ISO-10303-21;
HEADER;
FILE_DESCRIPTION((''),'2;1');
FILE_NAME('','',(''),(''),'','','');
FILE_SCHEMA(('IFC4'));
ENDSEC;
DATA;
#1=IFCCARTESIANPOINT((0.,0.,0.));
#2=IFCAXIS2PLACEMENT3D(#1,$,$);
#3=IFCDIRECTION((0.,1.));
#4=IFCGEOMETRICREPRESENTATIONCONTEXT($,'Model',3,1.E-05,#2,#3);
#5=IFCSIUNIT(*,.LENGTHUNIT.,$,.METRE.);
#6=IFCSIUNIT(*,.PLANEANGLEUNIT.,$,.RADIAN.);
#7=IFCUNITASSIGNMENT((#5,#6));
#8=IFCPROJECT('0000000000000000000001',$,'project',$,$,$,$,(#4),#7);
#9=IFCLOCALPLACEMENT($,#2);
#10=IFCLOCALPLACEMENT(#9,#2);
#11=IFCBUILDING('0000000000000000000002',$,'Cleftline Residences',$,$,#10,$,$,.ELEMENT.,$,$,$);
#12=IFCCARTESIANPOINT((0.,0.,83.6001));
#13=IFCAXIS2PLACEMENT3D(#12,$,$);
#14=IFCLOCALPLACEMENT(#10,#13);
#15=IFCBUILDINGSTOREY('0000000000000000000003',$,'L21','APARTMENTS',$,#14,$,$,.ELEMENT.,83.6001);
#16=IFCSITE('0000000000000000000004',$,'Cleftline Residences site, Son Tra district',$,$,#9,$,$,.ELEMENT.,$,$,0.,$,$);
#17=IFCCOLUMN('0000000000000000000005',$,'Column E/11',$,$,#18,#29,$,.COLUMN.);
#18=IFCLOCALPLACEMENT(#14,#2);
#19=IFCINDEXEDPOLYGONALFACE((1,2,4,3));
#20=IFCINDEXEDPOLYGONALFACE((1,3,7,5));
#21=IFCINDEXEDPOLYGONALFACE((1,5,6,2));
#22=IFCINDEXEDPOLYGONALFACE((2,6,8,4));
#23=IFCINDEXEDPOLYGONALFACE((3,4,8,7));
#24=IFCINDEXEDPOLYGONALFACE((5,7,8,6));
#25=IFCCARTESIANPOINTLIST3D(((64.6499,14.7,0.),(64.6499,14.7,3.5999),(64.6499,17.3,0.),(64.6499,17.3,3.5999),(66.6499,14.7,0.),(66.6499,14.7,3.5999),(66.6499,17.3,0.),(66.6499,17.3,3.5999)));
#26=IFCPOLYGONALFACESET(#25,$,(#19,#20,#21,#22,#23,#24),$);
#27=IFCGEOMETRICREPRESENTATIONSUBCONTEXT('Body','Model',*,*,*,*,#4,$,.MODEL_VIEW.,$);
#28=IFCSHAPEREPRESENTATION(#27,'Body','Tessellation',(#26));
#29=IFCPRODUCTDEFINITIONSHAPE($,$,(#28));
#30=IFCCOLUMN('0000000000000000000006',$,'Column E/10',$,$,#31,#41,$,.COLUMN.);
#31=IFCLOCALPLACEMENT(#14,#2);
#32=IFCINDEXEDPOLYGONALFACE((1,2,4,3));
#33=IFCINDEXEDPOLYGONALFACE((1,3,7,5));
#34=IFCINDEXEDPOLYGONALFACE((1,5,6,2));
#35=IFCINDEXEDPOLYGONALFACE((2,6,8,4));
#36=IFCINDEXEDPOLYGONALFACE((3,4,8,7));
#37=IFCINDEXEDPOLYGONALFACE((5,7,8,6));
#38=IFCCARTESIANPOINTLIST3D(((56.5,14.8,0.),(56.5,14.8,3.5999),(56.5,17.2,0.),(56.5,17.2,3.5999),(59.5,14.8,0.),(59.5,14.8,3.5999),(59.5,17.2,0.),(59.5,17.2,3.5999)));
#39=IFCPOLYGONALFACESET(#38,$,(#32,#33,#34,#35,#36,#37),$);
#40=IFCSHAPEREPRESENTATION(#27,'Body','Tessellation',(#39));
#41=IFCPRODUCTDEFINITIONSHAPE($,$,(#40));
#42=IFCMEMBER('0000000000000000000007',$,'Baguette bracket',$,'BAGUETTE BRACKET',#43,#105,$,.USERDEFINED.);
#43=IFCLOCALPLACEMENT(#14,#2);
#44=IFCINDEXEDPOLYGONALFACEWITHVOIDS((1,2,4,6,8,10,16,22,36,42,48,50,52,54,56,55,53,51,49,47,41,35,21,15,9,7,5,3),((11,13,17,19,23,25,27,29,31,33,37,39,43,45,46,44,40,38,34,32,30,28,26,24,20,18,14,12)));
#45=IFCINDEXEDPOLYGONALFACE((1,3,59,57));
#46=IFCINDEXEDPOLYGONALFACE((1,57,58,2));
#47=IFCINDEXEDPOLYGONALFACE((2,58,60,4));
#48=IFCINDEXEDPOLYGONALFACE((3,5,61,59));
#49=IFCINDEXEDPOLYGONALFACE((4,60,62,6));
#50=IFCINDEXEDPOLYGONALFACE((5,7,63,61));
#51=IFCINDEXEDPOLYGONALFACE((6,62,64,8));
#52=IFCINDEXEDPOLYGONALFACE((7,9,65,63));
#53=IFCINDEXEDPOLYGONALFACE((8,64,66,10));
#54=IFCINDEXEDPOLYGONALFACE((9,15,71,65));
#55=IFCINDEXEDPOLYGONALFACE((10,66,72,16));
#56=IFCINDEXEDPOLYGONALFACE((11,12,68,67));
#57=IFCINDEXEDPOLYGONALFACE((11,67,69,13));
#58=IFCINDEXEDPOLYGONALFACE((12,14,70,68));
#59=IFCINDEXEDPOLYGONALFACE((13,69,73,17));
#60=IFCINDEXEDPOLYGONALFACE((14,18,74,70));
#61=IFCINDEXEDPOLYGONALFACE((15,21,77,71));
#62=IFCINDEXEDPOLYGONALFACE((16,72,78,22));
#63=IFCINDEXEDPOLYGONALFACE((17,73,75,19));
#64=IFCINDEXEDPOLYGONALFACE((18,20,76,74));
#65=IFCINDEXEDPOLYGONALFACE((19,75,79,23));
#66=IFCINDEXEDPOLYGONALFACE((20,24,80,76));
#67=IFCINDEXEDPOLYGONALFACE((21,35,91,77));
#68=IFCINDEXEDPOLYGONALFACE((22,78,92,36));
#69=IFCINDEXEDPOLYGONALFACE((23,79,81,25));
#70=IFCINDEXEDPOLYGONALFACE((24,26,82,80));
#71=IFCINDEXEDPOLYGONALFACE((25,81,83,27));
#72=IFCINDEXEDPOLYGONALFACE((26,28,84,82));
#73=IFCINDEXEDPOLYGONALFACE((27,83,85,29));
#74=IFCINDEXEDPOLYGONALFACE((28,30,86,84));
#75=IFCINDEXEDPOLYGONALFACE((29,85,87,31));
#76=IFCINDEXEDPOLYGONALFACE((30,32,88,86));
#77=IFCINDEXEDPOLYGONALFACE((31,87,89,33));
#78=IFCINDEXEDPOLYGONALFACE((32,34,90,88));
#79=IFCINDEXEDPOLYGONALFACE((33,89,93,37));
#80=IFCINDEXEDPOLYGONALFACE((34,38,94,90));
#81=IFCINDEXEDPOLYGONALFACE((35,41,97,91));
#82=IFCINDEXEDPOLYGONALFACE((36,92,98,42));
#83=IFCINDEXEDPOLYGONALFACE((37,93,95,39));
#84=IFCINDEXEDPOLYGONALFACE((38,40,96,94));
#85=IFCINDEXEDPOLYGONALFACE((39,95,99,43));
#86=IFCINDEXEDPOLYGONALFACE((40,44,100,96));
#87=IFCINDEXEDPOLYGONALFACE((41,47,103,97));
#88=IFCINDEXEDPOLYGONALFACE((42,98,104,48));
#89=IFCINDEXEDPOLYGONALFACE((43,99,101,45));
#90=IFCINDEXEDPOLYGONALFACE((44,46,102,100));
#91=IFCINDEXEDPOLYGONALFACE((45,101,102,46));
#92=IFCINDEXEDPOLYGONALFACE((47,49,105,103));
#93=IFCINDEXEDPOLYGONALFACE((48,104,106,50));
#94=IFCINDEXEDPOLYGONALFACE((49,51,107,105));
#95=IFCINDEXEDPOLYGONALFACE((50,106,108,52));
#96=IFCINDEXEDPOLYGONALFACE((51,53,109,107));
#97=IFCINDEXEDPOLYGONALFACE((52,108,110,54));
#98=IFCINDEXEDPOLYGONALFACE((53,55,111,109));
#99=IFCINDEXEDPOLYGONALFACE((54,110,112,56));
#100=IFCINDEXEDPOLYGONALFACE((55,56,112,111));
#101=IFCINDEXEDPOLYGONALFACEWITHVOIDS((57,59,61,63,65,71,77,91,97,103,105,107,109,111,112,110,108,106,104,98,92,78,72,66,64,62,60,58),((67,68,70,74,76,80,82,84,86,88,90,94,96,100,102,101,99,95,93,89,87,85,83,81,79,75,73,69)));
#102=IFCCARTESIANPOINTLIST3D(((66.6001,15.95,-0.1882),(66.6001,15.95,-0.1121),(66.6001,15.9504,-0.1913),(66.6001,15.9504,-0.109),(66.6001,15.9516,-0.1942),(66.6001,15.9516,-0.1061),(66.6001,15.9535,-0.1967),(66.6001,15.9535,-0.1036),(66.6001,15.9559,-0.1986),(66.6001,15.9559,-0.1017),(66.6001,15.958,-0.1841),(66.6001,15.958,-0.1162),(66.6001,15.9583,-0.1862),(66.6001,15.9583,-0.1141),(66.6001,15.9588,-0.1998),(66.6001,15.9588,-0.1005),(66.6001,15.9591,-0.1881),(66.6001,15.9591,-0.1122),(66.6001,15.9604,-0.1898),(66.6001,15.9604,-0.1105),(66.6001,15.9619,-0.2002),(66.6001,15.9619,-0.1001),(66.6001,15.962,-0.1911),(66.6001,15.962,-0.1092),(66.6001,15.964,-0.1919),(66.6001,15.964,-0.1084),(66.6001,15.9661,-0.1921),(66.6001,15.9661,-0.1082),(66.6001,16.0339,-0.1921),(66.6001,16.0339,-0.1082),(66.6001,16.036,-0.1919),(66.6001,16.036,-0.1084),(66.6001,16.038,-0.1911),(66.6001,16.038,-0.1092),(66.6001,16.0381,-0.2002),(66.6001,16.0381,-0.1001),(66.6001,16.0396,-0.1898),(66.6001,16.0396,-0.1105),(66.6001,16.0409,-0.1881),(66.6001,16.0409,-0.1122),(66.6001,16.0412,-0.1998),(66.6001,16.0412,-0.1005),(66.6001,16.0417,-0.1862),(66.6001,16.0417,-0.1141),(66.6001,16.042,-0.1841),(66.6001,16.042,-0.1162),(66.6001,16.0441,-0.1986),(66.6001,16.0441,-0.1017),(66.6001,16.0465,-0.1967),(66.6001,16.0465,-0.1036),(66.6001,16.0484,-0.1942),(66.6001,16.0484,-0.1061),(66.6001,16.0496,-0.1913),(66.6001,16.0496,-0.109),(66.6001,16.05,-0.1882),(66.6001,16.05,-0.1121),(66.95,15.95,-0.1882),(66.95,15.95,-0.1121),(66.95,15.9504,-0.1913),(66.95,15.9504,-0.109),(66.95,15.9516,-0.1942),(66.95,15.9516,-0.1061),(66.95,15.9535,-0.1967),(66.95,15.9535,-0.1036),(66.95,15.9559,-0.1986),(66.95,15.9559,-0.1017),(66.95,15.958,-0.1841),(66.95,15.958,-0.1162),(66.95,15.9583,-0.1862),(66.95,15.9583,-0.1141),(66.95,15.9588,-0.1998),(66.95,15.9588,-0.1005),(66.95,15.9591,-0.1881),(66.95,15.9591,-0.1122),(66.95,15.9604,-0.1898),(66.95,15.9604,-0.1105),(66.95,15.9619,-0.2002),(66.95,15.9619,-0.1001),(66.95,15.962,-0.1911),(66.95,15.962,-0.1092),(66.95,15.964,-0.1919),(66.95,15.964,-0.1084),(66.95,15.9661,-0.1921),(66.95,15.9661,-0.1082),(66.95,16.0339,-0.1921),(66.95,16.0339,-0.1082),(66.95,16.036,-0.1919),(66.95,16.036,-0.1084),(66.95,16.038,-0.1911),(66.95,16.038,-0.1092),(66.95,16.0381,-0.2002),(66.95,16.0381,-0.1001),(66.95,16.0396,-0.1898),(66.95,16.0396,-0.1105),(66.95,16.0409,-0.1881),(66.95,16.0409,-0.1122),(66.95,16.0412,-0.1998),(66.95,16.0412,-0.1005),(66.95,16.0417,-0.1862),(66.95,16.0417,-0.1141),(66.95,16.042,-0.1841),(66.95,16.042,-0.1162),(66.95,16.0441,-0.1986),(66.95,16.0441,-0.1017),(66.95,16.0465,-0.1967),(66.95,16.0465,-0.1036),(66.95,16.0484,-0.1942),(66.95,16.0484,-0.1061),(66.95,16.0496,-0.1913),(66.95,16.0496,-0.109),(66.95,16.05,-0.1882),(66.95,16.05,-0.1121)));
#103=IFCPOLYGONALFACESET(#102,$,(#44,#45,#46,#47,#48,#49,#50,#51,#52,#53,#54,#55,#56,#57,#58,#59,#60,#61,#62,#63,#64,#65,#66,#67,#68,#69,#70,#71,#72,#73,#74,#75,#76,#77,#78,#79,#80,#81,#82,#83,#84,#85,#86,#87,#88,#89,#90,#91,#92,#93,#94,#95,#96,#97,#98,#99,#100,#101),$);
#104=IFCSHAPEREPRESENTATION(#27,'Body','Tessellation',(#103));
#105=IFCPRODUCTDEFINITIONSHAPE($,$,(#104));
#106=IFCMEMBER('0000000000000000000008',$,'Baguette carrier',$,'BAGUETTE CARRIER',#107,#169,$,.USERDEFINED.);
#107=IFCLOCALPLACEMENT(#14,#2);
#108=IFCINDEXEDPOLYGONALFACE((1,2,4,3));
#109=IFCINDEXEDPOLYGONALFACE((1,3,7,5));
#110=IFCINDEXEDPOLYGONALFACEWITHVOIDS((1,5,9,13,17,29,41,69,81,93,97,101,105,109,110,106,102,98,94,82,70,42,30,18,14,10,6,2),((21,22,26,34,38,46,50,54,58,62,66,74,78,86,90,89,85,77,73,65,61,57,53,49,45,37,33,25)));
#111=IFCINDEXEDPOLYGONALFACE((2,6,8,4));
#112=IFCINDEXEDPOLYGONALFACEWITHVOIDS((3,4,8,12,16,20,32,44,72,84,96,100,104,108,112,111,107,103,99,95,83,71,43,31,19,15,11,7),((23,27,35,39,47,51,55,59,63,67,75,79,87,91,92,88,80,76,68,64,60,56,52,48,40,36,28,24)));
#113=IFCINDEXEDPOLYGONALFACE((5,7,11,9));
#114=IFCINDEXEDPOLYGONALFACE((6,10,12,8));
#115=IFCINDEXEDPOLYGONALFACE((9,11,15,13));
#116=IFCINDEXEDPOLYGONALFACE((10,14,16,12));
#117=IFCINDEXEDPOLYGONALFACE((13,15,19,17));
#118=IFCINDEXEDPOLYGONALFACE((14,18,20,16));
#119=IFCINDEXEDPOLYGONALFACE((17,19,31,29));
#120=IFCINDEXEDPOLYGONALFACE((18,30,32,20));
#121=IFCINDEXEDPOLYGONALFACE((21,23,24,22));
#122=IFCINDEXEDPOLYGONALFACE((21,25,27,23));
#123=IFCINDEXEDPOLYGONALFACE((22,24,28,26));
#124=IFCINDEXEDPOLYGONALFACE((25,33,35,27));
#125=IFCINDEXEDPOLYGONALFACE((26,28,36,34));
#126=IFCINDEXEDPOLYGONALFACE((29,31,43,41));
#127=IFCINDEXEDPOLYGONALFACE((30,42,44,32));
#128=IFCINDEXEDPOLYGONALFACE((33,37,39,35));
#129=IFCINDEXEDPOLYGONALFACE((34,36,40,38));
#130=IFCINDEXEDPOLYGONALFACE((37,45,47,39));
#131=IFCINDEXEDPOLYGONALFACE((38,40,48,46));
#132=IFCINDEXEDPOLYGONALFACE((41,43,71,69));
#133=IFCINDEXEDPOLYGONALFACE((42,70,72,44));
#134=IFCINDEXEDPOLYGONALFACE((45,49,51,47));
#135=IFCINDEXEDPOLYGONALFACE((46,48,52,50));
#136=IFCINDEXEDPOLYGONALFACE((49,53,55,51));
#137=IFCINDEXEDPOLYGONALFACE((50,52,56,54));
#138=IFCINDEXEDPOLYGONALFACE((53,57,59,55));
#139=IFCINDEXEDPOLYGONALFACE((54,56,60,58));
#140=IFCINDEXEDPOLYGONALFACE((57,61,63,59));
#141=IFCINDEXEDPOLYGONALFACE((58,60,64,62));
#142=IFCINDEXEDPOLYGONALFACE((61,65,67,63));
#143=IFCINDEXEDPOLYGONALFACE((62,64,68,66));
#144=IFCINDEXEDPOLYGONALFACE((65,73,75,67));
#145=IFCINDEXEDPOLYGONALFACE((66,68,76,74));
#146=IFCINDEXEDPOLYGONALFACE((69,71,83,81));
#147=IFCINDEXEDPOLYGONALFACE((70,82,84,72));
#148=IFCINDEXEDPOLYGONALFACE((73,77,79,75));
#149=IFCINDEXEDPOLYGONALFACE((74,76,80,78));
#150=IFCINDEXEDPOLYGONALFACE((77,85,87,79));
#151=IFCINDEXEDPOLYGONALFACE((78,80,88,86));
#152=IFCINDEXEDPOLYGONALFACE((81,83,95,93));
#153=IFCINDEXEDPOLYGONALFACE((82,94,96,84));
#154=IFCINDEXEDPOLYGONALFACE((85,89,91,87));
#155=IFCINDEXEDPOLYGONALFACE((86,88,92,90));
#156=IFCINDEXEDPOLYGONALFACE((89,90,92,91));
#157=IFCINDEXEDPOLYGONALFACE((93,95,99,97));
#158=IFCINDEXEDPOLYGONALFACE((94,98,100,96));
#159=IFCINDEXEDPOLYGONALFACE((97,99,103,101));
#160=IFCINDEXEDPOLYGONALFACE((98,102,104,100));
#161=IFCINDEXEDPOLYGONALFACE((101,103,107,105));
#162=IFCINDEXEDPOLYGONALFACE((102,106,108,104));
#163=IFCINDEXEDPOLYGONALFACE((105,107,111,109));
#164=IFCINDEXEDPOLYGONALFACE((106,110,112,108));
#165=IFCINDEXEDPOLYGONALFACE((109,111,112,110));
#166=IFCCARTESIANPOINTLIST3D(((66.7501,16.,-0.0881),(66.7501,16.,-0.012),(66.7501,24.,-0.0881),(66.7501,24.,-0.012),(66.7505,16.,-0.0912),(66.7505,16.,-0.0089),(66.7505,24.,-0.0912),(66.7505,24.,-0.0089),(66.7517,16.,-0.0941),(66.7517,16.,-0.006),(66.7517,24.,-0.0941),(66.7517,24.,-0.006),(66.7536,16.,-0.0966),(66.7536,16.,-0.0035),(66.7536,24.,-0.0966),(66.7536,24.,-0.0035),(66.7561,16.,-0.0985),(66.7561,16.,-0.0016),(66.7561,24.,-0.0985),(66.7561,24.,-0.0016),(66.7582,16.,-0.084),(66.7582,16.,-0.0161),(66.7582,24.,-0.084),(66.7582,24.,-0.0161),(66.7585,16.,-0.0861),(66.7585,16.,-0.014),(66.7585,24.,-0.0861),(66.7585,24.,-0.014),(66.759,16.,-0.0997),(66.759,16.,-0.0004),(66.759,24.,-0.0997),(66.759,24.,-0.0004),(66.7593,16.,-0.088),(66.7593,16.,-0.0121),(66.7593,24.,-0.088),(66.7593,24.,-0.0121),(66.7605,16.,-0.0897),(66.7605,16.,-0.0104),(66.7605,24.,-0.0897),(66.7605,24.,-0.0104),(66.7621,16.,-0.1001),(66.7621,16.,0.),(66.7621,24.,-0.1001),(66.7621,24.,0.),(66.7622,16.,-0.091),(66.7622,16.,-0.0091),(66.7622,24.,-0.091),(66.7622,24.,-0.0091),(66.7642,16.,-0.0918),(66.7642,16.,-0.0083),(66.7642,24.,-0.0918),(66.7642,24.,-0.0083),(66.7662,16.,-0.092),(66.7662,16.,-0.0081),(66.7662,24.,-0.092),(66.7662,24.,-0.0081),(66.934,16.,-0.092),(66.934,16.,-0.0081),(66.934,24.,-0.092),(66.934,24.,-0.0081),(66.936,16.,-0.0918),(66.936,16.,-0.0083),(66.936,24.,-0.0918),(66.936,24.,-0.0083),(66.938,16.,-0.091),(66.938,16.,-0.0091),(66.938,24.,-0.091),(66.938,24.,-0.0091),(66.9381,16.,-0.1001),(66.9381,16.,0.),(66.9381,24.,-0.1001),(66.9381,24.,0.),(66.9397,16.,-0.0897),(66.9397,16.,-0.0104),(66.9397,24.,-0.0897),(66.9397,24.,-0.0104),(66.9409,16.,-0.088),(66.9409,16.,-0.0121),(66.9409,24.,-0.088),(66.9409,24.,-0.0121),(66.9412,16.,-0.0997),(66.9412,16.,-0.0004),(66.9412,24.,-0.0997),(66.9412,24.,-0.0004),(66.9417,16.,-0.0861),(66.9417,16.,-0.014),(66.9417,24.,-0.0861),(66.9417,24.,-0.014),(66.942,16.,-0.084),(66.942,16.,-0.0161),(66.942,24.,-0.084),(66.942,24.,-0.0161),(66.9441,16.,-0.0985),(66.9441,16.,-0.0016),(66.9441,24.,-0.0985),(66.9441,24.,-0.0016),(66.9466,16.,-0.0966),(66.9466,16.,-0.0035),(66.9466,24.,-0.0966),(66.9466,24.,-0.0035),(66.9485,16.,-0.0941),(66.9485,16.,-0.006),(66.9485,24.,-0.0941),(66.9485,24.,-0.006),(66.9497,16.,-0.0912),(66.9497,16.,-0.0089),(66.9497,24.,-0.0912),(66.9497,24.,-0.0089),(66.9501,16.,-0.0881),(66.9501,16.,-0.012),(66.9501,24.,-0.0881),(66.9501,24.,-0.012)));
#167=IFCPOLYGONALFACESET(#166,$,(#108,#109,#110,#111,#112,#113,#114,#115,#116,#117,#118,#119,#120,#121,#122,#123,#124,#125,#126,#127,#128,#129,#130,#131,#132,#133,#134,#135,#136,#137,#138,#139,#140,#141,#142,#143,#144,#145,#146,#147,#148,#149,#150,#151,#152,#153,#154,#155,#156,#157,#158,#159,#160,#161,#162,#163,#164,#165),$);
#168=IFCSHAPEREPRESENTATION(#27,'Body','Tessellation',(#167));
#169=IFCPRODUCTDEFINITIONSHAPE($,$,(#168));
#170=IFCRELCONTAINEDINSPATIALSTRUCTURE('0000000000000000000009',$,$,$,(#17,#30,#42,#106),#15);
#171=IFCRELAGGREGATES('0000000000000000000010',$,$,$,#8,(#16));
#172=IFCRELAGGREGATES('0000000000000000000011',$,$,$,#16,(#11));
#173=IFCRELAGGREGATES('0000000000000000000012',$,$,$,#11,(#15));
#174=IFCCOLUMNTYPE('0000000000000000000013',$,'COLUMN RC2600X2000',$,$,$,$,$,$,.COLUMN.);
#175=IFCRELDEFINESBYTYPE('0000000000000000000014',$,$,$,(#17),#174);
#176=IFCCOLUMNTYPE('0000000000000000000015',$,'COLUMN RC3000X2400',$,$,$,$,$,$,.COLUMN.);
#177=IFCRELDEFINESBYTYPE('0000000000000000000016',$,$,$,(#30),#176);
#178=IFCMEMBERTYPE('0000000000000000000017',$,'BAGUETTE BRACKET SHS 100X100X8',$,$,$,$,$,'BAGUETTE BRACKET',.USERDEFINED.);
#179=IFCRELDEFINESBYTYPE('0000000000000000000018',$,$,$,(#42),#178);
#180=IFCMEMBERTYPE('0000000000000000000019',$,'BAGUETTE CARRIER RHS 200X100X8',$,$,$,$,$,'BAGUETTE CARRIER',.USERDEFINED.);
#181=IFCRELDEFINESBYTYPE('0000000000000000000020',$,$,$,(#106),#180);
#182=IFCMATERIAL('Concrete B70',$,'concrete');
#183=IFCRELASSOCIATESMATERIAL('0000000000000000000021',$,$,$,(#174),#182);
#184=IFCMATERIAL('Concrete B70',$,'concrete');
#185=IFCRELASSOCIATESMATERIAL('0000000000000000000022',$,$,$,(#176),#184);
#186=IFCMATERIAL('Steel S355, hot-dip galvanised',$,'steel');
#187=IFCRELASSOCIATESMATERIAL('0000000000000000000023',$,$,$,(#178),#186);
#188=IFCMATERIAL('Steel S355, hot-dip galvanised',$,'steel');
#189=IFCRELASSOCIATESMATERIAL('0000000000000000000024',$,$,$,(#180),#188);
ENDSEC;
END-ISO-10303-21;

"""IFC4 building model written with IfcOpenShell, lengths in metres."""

from ifc_helpers import new_model, si_unit, direction, frame, origin, origin_2d, place, context, subcontext, project, spatial, rectangle, hollow_rectangle, extrude, material, material_profile, profile_set, type_object, element, save


model = new_model("IFC4")

# Units and contexts
model_context = context("Model", 3, precision=1e-05, world=origin(), true_north=direction((0.0, 1.0)))
body_context = subcontext(model_context, "Body", "Model", "MODEL_VIEW")
ifc_project = project(units=[si_unit("LENGTHUNIT", "METRE"), si_unit("PLANEANGLEUNIT", "RADIAN")], contexts=[model_context])

# Site, building, storey
site_placement = place(None, origin())
site = spatial("IfcSite", under=ifc_project, at=site_placement, Name="Cleftline Residences site, Son Tra district", CompositionType="ELEMENT", RefElevation=0.0)
building_placement = place(site_placement, origin())
building = spatial("IfcBuilding", under=site, at=building_placement, Name="Cleftline Residences", CompositionType="ELEMENT")
storey_placement = place(building_placement, frame((0.0, 0.0, 83.6001)))
storey = spatial("IfcBuildingStorey", under=building, at=storey_placement, Name="L21", Description="APARTMENTS", CompositionType="ELEMENT", Elevation=83.6001)

# Columns
ifc_material_1 = material(Name="Concrete B70", Category="concrete")
ifc_material_profile_1 = material_profile(ifc_material_1, rectangle(XDim=2.6001, YDim=2.0, at=origin_2d()))
ifc_profile_set_1 = profile_set([ifc_material_profile_1], Name="Concrete B70")
column_type_1 = type_object("IfcColumnType", Name="COLUMN RC2600X2000", PredefinedType="COLUMN", material=ifc_profile_set_1)
column_1_placement = place(storey_placement, frame((65.6499, 16.0, 0.0), z_axis=(0.0, 0.0, 1.0), x_axis=(0.0, 1.0, 0.0)))
element("IfcColumn", 1, at=column_1_placement, inside=storey, type_object=column_type_1, Name="Column E/11", PredefinedType="COLUMN", context=body_context, shape_type="SweptSolid", body=[
    extrude(rectangle(XDim=2.6001, YDim=2.0, at=origin_2d()), origin(), (0.0, 0.0, 1.0), 3.5999),
])
ifc_material_2 = material(Name="Concrete B70", Category="concrete")
ifc_material_profile_2 = material_profile(ifc_material_2, rectangle(XDim=3.0, YDim=2.3999, at=origin_2d()))
ifc_profile_set_2 = profile_set([ifc_material_profile_2], Name="Concrete B70")
column_type_2 = type_object("IfcColumnType", Name="COLUMN RC3000X2400", PredefinedType="COLUMN", material=ifc_profile_set_2)
column_2_placement = place(storey_placement, frame((58.0, 16.0, 0.0), z_axis=(0.0, 0.0, 1.0), x_axis=(1.0, 0.0, 0.0)))
element("IfcColumn", 2, at=column_2_placement, inside=storey, type_object=column_type_2, Name="Column E/10", PredefinedType="COLUMN", context=body_context, shape_type="SweptSolid", body=[
    extrude(rectangle(XDim=3.0, YDim=2.3999, at=origin_2d()), origin(), (0.0, 0.0, 1.0), 3.5999),
])

# Members
ifc_material_3 = material(Name="Steel S355, hot-dip galvanised", Category="steel")
ifc_material_profile_3 = material_profile(ifc_material_3, hollow_rectangle(XDim=0.1001, YDim=0.1001, WallThickness=0.0081, InnerFilletRadius=0.0081, OuterFilletRadius=0.012, at=origin_2d()))
ifc_profile_set_3 = profile_set([ifc_material_profile_3], Name="Steel S355, hot-dip galvanised")
member_type_1 = type_object("IfcMemberType", Name="BAGUETTE BRACKET SHS 100X100X8", ElementType="BAGUETTE BRACKET", PredefinedType="USERDEFINED", material=ifc_profile_set_3)
member_1_placement = place(storey_placement, frame((66.6001, 16.0, -0.1501), z_axis=(1.0, 0.0, 0.0), x_axis=(0.0, 1.0, 0.0)))
element("IfcMember", 3, at=member_1_placement, inside=storey, type_object=member_type_1, Name="Baguette bracket", ObjectType="BAGUETTE BRACKET", PredefinedType="USERDEFINED", context=body_context, shape_type="SweptSolid", body=[
    extrude(hollow_rectangle(XDim=0.1001, YDim=0.1001, WallThickness=0.0081, InnerFilletRadius=0.0081, OuterFilletRadius=0.012, at=origin_2d()), origin(), (0.0, 0.0, 1.0), 0.3499),
])
ifc_material_4 = material(Name="Steel S355, hot-dip galvanised", Category="steel")
ifc_material_profile_4 = material_profile(ifc_material_4, hollow_rectangle(XDim=0.1001, YDim=0.2, WallThickness=0.0081, InnerFilletRadius=0.0081, OuterFilletRadius=0.012, at=origin_2d()))
ifc_profile_set_4 = profile_set([ifc_material_profile_4], Name="Steel S355, hot-dip galvanised")
member_type_2 = type_object("IfcMemberType", Name="BAGUETTE CARRIER RHS 200X100X8", ElementType="BAGUETTE CARRIER", PredefinedType="USERDEFINED", material=ifc_profile_set_4)
member_2_placement = place(storey_placement, frame((66.8501, 16.0, -0.05), z_axis=(0.0, 1.0, 0.0), x_axis=(0.0, 0.0, 1.0)))
element("IfcMember", 4, at=member_2_placement, inside=storey, type_object=member_type_2, Name="Baguette carrier", ObjectType="BAGUETTE CARRIER", PredefinedType="USERDEFINED", context=body_context, shape_type="SweptSolid", body=[
    extrude(hollow_rectangle(XDim=0.1001, YDim=0.2, WallThickness=0.0081, InnerFilletRadius=0.0081, OuterFilletRadius=0.012, at=origin_2d()), origin(), (0.0, 0.0, 1.0), 8.0),
])

save(model, "model.ifc")
